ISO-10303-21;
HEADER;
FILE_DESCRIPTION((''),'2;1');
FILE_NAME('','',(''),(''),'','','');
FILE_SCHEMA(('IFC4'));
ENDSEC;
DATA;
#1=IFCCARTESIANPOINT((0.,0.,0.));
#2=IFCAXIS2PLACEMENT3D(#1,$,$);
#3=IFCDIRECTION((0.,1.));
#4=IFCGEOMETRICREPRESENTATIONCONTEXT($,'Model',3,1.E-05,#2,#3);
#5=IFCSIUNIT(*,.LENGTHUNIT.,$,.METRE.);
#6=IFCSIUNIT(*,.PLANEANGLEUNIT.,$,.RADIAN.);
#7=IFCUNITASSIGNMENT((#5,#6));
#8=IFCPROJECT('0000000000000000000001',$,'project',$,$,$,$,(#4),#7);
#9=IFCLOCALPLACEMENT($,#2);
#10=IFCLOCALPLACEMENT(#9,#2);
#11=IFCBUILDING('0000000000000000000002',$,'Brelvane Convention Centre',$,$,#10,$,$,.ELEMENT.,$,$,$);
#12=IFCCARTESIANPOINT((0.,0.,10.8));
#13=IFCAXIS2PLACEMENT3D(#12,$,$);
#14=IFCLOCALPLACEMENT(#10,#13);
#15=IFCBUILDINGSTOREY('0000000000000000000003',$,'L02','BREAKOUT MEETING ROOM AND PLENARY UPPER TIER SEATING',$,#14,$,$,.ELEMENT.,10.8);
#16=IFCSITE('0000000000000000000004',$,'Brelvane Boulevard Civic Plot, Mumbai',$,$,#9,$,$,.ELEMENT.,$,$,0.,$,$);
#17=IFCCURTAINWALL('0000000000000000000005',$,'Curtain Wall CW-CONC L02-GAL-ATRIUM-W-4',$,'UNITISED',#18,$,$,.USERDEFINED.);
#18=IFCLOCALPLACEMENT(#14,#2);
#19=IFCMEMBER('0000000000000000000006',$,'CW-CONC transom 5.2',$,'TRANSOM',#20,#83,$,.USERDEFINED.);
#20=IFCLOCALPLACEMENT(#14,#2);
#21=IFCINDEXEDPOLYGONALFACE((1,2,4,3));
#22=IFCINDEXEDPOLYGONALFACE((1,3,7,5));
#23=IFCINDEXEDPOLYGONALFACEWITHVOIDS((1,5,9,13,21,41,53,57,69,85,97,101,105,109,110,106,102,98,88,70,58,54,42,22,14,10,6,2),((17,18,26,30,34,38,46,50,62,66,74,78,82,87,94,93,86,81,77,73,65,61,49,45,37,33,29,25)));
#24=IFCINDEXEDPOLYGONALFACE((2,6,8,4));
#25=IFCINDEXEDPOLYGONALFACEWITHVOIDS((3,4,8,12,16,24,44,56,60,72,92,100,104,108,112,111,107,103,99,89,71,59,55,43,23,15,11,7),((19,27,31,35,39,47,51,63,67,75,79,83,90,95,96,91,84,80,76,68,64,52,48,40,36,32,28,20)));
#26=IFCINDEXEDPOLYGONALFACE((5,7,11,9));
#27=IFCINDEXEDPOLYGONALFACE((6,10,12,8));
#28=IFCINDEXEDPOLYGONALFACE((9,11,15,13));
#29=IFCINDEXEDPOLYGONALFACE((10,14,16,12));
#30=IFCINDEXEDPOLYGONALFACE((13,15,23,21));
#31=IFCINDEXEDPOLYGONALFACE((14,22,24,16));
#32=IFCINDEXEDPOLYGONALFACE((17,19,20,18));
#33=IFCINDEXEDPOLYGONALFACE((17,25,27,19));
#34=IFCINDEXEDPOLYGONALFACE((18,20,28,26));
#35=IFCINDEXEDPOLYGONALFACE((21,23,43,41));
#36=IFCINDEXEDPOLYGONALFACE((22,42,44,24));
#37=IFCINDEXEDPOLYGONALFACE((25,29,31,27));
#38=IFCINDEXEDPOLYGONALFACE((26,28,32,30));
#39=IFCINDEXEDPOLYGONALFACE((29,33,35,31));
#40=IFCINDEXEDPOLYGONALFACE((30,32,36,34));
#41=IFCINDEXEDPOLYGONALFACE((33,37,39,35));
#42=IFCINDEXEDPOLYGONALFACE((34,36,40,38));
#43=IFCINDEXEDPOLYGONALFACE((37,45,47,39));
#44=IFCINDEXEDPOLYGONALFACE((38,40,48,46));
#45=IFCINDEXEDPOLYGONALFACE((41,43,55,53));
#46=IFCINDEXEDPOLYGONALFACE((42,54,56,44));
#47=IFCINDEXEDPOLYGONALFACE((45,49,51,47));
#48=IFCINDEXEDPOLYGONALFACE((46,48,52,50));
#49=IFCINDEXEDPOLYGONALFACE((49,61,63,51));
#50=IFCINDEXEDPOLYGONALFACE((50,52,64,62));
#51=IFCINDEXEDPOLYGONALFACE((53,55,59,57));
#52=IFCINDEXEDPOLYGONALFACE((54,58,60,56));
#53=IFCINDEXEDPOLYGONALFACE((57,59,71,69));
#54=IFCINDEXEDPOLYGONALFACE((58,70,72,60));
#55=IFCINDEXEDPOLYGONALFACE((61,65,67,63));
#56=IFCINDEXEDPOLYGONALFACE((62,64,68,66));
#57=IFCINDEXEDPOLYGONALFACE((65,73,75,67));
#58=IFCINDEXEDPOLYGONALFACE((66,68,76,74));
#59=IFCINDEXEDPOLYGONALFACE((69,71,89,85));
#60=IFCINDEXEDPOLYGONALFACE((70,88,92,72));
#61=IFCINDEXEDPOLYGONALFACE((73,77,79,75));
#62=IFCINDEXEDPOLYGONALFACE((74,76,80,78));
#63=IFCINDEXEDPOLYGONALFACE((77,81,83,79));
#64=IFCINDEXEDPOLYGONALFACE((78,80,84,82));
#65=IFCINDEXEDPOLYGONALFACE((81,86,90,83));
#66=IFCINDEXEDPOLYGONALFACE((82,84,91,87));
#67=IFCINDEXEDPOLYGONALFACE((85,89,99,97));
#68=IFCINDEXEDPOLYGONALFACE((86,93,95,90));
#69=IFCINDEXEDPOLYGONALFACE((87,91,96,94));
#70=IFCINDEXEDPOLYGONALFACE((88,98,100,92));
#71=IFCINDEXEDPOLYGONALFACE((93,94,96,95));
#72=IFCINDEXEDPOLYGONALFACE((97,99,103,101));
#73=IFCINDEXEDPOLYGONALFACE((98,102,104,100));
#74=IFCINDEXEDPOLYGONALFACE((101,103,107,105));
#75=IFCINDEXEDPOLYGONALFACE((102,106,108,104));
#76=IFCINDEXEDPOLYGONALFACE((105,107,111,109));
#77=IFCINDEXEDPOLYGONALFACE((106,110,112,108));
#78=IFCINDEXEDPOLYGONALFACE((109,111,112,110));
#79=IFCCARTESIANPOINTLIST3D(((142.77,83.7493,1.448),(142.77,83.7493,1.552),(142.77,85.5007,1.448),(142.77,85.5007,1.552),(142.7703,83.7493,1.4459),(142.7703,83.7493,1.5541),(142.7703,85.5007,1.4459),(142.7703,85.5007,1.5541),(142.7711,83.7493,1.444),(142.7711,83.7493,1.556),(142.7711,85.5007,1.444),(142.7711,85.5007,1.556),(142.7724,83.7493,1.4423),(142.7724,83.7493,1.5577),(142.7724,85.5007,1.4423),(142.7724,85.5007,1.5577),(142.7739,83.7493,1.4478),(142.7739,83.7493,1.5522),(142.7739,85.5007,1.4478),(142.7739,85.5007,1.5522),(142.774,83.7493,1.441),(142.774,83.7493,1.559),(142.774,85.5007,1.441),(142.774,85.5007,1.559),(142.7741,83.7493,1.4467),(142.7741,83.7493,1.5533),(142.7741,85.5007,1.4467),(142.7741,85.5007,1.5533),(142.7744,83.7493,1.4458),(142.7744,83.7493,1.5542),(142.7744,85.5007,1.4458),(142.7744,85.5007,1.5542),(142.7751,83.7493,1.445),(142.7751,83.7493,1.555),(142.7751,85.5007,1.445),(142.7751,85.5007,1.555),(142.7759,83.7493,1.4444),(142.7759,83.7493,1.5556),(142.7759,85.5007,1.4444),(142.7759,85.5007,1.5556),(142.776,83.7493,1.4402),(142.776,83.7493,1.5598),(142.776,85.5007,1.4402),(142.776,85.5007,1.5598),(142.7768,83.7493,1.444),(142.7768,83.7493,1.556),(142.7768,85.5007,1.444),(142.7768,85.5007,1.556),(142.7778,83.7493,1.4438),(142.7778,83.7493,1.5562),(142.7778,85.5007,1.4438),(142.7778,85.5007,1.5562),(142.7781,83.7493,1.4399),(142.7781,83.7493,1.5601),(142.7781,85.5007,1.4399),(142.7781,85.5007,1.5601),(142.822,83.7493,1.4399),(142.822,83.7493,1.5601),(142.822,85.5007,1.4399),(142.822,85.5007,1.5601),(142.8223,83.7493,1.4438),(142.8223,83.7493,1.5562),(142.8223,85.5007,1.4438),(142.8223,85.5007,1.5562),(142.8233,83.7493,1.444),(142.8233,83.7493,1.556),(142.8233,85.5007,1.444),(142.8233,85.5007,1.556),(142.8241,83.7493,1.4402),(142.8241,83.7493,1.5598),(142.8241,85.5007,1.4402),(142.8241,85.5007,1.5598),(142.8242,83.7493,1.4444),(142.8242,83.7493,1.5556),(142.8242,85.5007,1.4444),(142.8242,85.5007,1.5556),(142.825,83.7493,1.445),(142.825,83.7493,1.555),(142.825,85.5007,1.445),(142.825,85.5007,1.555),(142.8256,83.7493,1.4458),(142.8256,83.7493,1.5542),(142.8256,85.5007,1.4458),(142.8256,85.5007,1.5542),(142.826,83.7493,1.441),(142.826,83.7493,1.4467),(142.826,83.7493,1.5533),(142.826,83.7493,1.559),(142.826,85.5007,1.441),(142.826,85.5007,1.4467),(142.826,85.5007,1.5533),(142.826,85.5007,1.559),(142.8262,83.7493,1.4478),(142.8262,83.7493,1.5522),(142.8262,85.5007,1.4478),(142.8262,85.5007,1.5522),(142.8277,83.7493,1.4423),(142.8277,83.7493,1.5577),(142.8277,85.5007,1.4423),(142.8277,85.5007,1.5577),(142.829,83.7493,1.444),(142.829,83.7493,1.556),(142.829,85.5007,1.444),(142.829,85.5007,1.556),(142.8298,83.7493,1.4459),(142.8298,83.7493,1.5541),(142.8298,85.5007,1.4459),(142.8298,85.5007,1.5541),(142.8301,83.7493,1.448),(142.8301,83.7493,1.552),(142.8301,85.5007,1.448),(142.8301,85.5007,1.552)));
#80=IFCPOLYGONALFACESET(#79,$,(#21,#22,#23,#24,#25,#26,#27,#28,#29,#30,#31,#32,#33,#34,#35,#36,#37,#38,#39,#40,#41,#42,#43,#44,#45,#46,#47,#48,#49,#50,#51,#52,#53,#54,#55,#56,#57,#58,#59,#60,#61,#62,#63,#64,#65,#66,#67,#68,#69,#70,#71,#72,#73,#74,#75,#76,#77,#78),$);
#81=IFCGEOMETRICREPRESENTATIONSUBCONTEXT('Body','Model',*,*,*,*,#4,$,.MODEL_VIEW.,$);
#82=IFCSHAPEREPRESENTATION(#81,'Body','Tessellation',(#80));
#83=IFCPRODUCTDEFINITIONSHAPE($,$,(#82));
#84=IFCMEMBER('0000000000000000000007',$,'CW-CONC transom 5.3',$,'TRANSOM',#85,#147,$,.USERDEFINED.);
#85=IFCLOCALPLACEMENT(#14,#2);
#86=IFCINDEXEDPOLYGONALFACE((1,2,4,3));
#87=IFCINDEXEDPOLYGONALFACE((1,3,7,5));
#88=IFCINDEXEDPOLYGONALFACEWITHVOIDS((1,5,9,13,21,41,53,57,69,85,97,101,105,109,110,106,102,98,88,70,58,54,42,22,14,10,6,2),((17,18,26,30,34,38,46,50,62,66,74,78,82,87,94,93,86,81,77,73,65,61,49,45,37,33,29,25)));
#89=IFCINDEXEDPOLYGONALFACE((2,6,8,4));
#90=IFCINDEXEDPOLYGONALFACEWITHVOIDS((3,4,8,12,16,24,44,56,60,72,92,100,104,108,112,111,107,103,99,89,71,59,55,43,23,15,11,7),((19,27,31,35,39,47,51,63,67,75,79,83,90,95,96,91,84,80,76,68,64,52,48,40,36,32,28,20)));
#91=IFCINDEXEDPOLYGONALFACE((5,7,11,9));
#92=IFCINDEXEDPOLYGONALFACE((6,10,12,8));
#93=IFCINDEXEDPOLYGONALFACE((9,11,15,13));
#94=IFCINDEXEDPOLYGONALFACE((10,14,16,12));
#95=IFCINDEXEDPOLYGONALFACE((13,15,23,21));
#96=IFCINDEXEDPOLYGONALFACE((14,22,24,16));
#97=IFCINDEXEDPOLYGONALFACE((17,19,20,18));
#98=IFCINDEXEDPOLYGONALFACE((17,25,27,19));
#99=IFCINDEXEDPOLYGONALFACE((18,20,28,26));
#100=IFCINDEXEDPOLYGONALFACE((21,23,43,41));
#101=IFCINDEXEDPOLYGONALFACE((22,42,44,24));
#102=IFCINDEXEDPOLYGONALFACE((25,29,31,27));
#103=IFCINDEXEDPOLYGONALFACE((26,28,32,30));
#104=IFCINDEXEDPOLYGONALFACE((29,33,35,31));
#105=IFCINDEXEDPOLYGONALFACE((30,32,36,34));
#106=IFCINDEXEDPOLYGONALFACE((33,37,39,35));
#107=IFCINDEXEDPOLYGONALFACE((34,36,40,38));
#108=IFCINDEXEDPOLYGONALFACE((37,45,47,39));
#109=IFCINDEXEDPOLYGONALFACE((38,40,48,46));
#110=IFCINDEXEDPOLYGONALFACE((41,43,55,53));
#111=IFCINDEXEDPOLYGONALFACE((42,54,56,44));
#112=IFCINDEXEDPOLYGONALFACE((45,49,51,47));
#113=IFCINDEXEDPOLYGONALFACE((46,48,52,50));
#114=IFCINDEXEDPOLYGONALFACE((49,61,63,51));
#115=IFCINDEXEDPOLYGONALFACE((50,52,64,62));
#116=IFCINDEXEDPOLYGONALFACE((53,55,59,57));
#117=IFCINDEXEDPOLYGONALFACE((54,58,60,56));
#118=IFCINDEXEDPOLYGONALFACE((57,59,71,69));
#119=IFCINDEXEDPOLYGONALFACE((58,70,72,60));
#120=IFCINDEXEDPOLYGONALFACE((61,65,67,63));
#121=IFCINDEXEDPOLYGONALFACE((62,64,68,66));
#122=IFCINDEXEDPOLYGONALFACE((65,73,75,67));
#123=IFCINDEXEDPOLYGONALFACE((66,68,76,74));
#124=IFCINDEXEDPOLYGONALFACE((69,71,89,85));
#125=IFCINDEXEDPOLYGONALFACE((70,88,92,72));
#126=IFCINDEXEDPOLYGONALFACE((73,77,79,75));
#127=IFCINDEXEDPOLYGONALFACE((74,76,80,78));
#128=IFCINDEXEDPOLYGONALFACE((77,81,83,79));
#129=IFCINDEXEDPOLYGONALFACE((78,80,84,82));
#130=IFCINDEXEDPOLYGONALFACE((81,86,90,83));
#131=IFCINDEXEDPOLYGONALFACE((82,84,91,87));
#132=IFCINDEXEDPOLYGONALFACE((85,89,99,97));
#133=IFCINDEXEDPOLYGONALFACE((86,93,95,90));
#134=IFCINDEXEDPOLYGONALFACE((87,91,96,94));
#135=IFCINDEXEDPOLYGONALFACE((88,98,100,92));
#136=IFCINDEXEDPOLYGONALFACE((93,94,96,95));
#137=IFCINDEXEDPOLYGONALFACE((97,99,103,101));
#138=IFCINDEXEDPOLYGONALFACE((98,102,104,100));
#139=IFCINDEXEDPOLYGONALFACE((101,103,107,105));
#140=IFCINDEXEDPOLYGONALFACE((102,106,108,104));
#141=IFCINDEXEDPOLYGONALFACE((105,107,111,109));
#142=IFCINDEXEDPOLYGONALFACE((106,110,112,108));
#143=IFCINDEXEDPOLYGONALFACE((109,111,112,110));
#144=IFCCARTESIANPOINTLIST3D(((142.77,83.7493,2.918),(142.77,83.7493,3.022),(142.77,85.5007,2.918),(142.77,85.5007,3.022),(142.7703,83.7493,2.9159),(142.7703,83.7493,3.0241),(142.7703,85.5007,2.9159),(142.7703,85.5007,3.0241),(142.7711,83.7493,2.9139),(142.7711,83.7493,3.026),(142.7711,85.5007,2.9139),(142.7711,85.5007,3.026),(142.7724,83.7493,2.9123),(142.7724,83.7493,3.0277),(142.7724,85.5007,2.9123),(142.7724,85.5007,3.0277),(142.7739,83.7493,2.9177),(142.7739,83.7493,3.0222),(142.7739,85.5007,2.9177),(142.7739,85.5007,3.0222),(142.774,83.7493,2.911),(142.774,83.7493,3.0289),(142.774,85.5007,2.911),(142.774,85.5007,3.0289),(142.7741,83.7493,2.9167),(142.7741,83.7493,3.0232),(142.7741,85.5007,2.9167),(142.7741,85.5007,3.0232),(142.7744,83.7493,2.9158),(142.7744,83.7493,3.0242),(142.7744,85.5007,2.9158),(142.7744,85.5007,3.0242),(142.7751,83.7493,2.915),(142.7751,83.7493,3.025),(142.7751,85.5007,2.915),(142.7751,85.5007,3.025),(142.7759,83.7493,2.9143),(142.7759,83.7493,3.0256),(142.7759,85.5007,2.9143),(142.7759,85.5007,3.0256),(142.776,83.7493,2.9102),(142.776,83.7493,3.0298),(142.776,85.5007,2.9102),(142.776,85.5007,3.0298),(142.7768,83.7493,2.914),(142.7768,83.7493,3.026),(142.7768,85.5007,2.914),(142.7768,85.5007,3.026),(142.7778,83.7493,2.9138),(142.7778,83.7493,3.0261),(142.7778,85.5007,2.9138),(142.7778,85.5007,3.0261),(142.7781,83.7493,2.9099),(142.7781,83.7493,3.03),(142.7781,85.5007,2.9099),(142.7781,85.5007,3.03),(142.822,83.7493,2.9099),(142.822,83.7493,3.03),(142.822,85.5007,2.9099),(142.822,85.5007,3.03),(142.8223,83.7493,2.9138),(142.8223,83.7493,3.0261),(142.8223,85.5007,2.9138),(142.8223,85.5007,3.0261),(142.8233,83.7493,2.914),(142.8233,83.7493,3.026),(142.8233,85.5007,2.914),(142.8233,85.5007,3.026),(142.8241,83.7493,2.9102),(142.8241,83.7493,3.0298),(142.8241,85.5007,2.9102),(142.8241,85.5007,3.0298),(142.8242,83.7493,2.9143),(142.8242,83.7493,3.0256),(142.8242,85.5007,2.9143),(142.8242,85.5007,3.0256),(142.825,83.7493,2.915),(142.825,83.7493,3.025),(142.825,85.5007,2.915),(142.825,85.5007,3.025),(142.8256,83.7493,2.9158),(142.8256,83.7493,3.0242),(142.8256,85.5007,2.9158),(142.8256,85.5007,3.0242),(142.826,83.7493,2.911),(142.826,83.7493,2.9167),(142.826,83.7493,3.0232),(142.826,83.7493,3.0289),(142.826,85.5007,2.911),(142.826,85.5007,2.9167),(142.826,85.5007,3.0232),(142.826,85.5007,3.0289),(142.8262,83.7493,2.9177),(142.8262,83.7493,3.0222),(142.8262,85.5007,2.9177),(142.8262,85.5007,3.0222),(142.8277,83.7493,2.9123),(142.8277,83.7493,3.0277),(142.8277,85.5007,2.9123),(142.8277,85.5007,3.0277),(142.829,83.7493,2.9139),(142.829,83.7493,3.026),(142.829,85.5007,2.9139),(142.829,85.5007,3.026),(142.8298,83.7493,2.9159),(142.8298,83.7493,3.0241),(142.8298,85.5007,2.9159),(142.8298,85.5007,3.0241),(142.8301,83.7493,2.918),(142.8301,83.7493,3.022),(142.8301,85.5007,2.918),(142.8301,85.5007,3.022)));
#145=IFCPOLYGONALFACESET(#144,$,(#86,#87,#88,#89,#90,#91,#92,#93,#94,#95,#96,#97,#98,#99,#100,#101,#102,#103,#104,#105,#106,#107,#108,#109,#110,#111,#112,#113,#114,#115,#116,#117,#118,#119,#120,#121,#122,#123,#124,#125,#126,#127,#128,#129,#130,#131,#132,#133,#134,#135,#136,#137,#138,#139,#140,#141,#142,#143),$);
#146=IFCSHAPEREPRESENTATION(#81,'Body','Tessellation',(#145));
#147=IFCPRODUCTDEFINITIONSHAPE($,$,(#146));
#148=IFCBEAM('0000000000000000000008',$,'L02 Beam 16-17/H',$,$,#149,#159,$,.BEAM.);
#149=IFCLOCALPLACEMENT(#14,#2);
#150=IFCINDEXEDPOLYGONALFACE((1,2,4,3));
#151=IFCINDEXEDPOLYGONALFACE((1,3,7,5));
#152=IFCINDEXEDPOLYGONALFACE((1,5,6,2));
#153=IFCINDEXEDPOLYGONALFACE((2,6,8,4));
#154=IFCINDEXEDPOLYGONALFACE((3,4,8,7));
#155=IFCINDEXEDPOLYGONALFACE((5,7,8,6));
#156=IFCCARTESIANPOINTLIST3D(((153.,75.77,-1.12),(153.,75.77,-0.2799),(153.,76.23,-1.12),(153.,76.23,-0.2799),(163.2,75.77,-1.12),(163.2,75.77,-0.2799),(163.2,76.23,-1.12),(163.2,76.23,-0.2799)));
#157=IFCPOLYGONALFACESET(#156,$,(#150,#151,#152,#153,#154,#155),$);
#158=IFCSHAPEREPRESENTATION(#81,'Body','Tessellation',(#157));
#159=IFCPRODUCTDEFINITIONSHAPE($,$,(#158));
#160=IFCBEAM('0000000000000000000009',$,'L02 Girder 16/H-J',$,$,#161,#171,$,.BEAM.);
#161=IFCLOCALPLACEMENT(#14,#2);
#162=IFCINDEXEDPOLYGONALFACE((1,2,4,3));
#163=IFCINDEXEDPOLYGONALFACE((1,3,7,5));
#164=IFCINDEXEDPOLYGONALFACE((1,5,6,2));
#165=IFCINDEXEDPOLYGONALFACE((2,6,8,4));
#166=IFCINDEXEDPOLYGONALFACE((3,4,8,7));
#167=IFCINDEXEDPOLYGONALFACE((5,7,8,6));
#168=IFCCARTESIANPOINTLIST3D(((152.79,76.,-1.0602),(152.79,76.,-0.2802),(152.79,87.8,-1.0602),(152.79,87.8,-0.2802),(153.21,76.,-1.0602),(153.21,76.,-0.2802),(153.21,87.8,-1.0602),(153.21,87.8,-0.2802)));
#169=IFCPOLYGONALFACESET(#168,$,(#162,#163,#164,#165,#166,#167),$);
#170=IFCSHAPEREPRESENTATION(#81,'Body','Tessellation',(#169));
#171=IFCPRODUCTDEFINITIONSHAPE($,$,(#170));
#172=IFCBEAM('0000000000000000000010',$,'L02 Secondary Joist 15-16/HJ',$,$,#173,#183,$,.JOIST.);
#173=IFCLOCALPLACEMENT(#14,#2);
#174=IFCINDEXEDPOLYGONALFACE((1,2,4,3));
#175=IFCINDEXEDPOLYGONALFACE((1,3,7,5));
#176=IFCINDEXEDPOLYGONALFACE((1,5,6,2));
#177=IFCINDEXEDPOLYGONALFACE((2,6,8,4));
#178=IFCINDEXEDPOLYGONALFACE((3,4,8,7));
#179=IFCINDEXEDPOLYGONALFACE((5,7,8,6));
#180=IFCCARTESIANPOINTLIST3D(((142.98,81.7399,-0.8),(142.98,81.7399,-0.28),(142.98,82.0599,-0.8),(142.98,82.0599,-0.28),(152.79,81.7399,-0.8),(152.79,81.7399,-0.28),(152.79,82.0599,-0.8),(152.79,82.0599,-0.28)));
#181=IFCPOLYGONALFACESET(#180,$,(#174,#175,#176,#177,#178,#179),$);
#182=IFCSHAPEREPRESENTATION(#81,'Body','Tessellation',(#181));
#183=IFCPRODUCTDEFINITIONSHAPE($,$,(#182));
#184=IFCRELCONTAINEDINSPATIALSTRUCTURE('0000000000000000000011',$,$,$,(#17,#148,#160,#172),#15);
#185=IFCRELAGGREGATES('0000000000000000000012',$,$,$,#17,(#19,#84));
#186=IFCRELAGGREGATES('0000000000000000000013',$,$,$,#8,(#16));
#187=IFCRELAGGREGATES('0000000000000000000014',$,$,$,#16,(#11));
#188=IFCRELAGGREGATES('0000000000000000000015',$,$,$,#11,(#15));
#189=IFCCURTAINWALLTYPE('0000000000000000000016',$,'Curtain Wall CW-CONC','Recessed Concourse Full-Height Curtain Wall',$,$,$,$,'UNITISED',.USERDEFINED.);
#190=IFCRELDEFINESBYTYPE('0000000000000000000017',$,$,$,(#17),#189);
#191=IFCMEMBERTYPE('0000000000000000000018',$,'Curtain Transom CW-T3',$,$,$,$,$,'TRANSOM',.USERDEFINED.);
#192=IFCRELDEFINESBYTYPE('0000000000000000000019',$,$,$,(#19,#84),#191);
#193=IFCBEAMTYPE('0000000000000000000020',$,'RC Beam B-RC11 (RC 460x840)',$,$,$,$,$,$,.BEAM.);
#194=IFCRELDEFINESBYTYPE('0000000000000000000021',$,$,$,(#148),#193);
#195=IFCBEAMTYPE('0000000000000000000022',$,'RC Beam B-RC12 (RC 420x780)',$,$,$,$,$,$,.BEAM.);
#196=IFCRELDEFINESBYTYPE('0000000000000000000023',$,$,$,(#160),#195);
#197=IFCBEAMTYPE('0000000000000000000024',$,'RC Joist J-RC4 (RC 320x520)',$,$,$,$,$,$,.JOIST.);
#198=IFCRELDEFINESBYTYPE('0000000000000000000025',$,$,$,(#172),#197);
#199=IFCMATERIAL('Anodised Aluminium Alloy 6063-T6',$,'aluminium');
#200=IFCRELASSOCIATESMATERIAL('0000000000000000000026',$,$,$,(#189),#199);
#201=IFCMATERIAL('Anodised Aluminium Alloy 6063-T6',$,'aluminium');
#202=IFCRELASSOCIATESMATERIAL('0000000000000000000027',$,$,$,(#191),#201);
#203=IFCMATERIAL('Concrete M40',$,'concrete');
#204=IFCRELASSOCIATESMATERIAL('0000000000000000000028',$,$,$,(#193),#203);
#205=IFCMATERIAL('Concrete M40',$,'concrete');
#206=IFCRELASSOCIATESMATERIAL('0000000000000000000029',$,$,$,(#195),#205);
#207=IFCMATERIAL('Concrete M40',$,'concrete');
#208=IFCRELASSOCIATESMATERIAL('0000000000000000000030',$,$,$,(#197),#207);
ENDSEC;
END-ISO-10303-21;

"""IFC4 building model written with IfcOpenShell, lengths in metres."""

from ifc_helpers import new_model, si_unit, direction, frame, origin, origin_2d, place, context, subcontext, project, spatial, rectangle, hollow_rectangle, extrude, material, material_profile, profile_set, type_object, element, aggregate, save


model = new_model("IFC4")

# Units and contexts
model_context = context("Model", 3, precision=1e-05, world=origin(), true_north=direction((0.0, 1.0)))
body_context = subcontext(model_context, "Body", "Model", "MODEL_VIEW")
ifc_project = project(units=[si_unit("LENGTHUNIT", "METRE"), si_unit("PLANEANGLEUNIT", "RADIAN")], contexts=[model_context])

# Site, building, storey
site_placement = place(None, origin())
site = spatial("IfcSite", under=ifc_project, at=site_placement, Name="Brelvane Boulevard Civic Plot, Mumbai", CompositionType="ELEMENT", RefElevation=0.0)
building_placement = place(site_placement, origin())
building = spatial("IfcBuilding", under=site, at=building_placement, Name="Brelvane Convention Centre", CompositionType="ELEMENT")
storey_placement = place(building_placement, frame((0.0, 0.0, 10.8)))
storey = spatial("IfcBuildingStorey", under=building, at=storey_placement, Name="L02", Description="BREAKOUT MEETING ROOM AND PLENARY UPPER TIER SEATING", CompositionType="ELEMENT", Elevation=10.8)

# Curtain wall
ifc_material_1 = material(Name="Anodised Aluminium Alloy 6063-T6", Category="aluminium")
curtain_wall_type = type_object("IfcCurtainWallType", Name="Curtain Wall CW-CONC", Description="Recessed Concourse Full-Height Curtain Wall", ElementType="UNITISED", PredefinedType="USERDEFINED", material=ifc_material_1)
curtain_wall_1_placement = place(storey_placement, origin())
curtain_wall_1 = element("IfcCurtainWall", 1, at=curtain_wall_1_placement, inside=storey, type_object=curtain_wall_type, Name="Curtain Wall CW-CONC L02-GAL-ATRIUM-W-4", ObjectType="UNITISED", PredefinedType="USERDEFINED")

# Members
ifc_material_2 = material(Name="Anodised Aluminium Alloy 6063-T6", Category="aluminium")
ifc_material_profile_1 = material_profile(ifc_material_2, hollow_rectangle(XDim=0.0601, YDim=0.1201, WallThickness=0.0039, InnerFilletRadius=0.0039, OuterFilletRadius=0.0081, at=origin_2d()), Name="ALU-T 120x60x4.0")
ifc_profile_set_1 = profile_set([ifc_material_profile_1], Name="Anodised Aluminium Alloy 6063-T6")
member_type_1 = type_object("IfcMemberType", Name="Curtain Transom CW-T3", ElementType="TRANSOM", PredefinedType="USERDEFINED", material=ifc_profile_set_1)
member_1_placement = place(storey_placement, frame((142.8, 83.7493, 1.5), z_axis=(0.0, 1.0, 0.0), x_axis=(-1.0, 0.0, 0.0)))
member_1 = element("IfcMember", 2, at=member_1_placement, type_object=member_type_1, Name="CW-CONC transom 5.2", ObjectType="TRANSOM", PredefinedType="USERDEFINED", context=body_context, shape_type="SweptSolid", body=[
    extrude(hollow_rectangle(XDim=0.0601, YDim=0.1201, WallThickness=0.0039, InnerFilletRadius=0.0039, OuterFilletRadius=0.0081, at=origin_2d()), origin(), (0.0, 0.0, 1.0), 1.7515),
])
member_2_placement = place(storey_placement, frame((142.8, 83.7493, 2.97), z_axis=(0.0, 1.0, 0.0), x_axis=(-1.0, 0.0, 0.0)))
member_2 = element("IfcMember", 3, at=member_2_placement, type_object=member_type_1, Name="CW-CONC transom 5.3", ObjectType="TRANSOM", PredefinedType="USERDEFINED", context=body_context, shape_type="SweptSolid", body=[
    extrude(hollow_rectangle(XDim=0.0601, YDim=0.1201, WallThickness=0.0039, InnerFilletRadius=0.0039, OuterFilletRadius=0.0081, at=origin_2d()), origin(), (0.0, 0.0, 1.0), 1.7515),
])

# Beams
ifc_material_3 = material(Name="Concrete M40", Category="concrete")
ifc_material_profile_2 = material_profile(ifc_material_3, rectangle(XDim=0.46, YDim=0.8401, at=origin_2d()), Name="RC 460x840")
ifc_profile_set_2 = profile_set([ifc_material_profile_2], Name="Concrete M40")
beam_type_1 = type_object("IfcBeamType", Name="RC Beam B-RC11 (RC 460x840)", PredefinedType="BEAM", material=ifc_profile_set_2)
beam_1_placement = place(storey_placement, frame((153.0, 76.0, -0.7), z_axis=(1.0, 0.0, 0.0), x_axis=(0.0, 1.0, 0.0)))
element("IfcBeam", 4, at=beam_1_placement, inside=storey, type_object=beam_type_1, Name="L02 Beam 16-17/H", PredefinedType="BEAM", context=body_context, shape_type="SweptSolid", body=[
    extrude(rectangle(XDim=0.46, YDim=0.8401, at=origin_2d()), origin(), (0.0, 0.0, 1.0), 10.2),
])
ifc_material_4 = material(Name="Concrete M40", Category="concrete")
ifc_material_profile_3 = material_profile(ifc_material_4, rectangle(XDim=0.4199, YDim=0.78, at=origin_2d()), Name="RC 420x780")
ifc_profile_set_3 = profile_set([ifc_material_profile_3], Name="Concrete M40")
beam_type_2 = type_object("IfcBeamType", Name="RC Beam B-RC12 (RC 420x780)", PredefinedType="BEAM", material=ifc_profile_set_3)
beam_2_placement = place(storey_placement, frame((153.0, 76.0, -0.6702), z_axis=(0.0, 1.0, 0.0), x_axis=(-1.0, 0.0, 0.0)))
element("IfcBeam", 5, at=beam_2_placement, inside=storey, type_object=beam_type_2, Name="L02 Girder 16/H-J", PredefinedType="BEAM", context=body_context, shape_type="SweptSolid", body=[
    extrude(rectangle(XDim=0.4199, YDim=0.78, at=origin_2d()), origin(), (0.0, 0.0, 1.0), 11.8),
])
ifc_material_5 = material(Name="Concrete M40", Category="concrete")
ifc_material_profile_4 = material_profile(ifc_material_5, rectangle(XDim=0.3201, YDim=0.52, at=origin_2d()), Name="RC 320x520")
ifc_profile_set_4 = profile_set([ifc_material_profile_4], Name="Concrete M40")
beam_type_3 = type_object("IfcBeamType", Name="RC Joist J-RC4 (RC 320x520)", PredefinedType="JOIST", material=ifc_profile_set_4)
beam_3_placement = place(storey_placement, frame((142.98, 81.8999, -0.54), z_axis=(1.0, 0.0, 0.0), x_axis=(0.0, 1.0, 0.0)))
element("IfcBeam", 6, at=beam_3_placement, inside=storey, type_object=beam_type_3, Name="L02 Secondary Joist 15-16/HJ", PredefinedType="JOIST", context=body_context, shape_type="SweptSolid", body=[
    extrude(rectangle(XDim=0.3201, YDim=0.52, at=origin_2d()), origin(), (0.0, 0.0, 1.0), 9.8101),
])

aggregate(curtain_wall_1, [member_1, member_2])

save(model, "model.ifc")
